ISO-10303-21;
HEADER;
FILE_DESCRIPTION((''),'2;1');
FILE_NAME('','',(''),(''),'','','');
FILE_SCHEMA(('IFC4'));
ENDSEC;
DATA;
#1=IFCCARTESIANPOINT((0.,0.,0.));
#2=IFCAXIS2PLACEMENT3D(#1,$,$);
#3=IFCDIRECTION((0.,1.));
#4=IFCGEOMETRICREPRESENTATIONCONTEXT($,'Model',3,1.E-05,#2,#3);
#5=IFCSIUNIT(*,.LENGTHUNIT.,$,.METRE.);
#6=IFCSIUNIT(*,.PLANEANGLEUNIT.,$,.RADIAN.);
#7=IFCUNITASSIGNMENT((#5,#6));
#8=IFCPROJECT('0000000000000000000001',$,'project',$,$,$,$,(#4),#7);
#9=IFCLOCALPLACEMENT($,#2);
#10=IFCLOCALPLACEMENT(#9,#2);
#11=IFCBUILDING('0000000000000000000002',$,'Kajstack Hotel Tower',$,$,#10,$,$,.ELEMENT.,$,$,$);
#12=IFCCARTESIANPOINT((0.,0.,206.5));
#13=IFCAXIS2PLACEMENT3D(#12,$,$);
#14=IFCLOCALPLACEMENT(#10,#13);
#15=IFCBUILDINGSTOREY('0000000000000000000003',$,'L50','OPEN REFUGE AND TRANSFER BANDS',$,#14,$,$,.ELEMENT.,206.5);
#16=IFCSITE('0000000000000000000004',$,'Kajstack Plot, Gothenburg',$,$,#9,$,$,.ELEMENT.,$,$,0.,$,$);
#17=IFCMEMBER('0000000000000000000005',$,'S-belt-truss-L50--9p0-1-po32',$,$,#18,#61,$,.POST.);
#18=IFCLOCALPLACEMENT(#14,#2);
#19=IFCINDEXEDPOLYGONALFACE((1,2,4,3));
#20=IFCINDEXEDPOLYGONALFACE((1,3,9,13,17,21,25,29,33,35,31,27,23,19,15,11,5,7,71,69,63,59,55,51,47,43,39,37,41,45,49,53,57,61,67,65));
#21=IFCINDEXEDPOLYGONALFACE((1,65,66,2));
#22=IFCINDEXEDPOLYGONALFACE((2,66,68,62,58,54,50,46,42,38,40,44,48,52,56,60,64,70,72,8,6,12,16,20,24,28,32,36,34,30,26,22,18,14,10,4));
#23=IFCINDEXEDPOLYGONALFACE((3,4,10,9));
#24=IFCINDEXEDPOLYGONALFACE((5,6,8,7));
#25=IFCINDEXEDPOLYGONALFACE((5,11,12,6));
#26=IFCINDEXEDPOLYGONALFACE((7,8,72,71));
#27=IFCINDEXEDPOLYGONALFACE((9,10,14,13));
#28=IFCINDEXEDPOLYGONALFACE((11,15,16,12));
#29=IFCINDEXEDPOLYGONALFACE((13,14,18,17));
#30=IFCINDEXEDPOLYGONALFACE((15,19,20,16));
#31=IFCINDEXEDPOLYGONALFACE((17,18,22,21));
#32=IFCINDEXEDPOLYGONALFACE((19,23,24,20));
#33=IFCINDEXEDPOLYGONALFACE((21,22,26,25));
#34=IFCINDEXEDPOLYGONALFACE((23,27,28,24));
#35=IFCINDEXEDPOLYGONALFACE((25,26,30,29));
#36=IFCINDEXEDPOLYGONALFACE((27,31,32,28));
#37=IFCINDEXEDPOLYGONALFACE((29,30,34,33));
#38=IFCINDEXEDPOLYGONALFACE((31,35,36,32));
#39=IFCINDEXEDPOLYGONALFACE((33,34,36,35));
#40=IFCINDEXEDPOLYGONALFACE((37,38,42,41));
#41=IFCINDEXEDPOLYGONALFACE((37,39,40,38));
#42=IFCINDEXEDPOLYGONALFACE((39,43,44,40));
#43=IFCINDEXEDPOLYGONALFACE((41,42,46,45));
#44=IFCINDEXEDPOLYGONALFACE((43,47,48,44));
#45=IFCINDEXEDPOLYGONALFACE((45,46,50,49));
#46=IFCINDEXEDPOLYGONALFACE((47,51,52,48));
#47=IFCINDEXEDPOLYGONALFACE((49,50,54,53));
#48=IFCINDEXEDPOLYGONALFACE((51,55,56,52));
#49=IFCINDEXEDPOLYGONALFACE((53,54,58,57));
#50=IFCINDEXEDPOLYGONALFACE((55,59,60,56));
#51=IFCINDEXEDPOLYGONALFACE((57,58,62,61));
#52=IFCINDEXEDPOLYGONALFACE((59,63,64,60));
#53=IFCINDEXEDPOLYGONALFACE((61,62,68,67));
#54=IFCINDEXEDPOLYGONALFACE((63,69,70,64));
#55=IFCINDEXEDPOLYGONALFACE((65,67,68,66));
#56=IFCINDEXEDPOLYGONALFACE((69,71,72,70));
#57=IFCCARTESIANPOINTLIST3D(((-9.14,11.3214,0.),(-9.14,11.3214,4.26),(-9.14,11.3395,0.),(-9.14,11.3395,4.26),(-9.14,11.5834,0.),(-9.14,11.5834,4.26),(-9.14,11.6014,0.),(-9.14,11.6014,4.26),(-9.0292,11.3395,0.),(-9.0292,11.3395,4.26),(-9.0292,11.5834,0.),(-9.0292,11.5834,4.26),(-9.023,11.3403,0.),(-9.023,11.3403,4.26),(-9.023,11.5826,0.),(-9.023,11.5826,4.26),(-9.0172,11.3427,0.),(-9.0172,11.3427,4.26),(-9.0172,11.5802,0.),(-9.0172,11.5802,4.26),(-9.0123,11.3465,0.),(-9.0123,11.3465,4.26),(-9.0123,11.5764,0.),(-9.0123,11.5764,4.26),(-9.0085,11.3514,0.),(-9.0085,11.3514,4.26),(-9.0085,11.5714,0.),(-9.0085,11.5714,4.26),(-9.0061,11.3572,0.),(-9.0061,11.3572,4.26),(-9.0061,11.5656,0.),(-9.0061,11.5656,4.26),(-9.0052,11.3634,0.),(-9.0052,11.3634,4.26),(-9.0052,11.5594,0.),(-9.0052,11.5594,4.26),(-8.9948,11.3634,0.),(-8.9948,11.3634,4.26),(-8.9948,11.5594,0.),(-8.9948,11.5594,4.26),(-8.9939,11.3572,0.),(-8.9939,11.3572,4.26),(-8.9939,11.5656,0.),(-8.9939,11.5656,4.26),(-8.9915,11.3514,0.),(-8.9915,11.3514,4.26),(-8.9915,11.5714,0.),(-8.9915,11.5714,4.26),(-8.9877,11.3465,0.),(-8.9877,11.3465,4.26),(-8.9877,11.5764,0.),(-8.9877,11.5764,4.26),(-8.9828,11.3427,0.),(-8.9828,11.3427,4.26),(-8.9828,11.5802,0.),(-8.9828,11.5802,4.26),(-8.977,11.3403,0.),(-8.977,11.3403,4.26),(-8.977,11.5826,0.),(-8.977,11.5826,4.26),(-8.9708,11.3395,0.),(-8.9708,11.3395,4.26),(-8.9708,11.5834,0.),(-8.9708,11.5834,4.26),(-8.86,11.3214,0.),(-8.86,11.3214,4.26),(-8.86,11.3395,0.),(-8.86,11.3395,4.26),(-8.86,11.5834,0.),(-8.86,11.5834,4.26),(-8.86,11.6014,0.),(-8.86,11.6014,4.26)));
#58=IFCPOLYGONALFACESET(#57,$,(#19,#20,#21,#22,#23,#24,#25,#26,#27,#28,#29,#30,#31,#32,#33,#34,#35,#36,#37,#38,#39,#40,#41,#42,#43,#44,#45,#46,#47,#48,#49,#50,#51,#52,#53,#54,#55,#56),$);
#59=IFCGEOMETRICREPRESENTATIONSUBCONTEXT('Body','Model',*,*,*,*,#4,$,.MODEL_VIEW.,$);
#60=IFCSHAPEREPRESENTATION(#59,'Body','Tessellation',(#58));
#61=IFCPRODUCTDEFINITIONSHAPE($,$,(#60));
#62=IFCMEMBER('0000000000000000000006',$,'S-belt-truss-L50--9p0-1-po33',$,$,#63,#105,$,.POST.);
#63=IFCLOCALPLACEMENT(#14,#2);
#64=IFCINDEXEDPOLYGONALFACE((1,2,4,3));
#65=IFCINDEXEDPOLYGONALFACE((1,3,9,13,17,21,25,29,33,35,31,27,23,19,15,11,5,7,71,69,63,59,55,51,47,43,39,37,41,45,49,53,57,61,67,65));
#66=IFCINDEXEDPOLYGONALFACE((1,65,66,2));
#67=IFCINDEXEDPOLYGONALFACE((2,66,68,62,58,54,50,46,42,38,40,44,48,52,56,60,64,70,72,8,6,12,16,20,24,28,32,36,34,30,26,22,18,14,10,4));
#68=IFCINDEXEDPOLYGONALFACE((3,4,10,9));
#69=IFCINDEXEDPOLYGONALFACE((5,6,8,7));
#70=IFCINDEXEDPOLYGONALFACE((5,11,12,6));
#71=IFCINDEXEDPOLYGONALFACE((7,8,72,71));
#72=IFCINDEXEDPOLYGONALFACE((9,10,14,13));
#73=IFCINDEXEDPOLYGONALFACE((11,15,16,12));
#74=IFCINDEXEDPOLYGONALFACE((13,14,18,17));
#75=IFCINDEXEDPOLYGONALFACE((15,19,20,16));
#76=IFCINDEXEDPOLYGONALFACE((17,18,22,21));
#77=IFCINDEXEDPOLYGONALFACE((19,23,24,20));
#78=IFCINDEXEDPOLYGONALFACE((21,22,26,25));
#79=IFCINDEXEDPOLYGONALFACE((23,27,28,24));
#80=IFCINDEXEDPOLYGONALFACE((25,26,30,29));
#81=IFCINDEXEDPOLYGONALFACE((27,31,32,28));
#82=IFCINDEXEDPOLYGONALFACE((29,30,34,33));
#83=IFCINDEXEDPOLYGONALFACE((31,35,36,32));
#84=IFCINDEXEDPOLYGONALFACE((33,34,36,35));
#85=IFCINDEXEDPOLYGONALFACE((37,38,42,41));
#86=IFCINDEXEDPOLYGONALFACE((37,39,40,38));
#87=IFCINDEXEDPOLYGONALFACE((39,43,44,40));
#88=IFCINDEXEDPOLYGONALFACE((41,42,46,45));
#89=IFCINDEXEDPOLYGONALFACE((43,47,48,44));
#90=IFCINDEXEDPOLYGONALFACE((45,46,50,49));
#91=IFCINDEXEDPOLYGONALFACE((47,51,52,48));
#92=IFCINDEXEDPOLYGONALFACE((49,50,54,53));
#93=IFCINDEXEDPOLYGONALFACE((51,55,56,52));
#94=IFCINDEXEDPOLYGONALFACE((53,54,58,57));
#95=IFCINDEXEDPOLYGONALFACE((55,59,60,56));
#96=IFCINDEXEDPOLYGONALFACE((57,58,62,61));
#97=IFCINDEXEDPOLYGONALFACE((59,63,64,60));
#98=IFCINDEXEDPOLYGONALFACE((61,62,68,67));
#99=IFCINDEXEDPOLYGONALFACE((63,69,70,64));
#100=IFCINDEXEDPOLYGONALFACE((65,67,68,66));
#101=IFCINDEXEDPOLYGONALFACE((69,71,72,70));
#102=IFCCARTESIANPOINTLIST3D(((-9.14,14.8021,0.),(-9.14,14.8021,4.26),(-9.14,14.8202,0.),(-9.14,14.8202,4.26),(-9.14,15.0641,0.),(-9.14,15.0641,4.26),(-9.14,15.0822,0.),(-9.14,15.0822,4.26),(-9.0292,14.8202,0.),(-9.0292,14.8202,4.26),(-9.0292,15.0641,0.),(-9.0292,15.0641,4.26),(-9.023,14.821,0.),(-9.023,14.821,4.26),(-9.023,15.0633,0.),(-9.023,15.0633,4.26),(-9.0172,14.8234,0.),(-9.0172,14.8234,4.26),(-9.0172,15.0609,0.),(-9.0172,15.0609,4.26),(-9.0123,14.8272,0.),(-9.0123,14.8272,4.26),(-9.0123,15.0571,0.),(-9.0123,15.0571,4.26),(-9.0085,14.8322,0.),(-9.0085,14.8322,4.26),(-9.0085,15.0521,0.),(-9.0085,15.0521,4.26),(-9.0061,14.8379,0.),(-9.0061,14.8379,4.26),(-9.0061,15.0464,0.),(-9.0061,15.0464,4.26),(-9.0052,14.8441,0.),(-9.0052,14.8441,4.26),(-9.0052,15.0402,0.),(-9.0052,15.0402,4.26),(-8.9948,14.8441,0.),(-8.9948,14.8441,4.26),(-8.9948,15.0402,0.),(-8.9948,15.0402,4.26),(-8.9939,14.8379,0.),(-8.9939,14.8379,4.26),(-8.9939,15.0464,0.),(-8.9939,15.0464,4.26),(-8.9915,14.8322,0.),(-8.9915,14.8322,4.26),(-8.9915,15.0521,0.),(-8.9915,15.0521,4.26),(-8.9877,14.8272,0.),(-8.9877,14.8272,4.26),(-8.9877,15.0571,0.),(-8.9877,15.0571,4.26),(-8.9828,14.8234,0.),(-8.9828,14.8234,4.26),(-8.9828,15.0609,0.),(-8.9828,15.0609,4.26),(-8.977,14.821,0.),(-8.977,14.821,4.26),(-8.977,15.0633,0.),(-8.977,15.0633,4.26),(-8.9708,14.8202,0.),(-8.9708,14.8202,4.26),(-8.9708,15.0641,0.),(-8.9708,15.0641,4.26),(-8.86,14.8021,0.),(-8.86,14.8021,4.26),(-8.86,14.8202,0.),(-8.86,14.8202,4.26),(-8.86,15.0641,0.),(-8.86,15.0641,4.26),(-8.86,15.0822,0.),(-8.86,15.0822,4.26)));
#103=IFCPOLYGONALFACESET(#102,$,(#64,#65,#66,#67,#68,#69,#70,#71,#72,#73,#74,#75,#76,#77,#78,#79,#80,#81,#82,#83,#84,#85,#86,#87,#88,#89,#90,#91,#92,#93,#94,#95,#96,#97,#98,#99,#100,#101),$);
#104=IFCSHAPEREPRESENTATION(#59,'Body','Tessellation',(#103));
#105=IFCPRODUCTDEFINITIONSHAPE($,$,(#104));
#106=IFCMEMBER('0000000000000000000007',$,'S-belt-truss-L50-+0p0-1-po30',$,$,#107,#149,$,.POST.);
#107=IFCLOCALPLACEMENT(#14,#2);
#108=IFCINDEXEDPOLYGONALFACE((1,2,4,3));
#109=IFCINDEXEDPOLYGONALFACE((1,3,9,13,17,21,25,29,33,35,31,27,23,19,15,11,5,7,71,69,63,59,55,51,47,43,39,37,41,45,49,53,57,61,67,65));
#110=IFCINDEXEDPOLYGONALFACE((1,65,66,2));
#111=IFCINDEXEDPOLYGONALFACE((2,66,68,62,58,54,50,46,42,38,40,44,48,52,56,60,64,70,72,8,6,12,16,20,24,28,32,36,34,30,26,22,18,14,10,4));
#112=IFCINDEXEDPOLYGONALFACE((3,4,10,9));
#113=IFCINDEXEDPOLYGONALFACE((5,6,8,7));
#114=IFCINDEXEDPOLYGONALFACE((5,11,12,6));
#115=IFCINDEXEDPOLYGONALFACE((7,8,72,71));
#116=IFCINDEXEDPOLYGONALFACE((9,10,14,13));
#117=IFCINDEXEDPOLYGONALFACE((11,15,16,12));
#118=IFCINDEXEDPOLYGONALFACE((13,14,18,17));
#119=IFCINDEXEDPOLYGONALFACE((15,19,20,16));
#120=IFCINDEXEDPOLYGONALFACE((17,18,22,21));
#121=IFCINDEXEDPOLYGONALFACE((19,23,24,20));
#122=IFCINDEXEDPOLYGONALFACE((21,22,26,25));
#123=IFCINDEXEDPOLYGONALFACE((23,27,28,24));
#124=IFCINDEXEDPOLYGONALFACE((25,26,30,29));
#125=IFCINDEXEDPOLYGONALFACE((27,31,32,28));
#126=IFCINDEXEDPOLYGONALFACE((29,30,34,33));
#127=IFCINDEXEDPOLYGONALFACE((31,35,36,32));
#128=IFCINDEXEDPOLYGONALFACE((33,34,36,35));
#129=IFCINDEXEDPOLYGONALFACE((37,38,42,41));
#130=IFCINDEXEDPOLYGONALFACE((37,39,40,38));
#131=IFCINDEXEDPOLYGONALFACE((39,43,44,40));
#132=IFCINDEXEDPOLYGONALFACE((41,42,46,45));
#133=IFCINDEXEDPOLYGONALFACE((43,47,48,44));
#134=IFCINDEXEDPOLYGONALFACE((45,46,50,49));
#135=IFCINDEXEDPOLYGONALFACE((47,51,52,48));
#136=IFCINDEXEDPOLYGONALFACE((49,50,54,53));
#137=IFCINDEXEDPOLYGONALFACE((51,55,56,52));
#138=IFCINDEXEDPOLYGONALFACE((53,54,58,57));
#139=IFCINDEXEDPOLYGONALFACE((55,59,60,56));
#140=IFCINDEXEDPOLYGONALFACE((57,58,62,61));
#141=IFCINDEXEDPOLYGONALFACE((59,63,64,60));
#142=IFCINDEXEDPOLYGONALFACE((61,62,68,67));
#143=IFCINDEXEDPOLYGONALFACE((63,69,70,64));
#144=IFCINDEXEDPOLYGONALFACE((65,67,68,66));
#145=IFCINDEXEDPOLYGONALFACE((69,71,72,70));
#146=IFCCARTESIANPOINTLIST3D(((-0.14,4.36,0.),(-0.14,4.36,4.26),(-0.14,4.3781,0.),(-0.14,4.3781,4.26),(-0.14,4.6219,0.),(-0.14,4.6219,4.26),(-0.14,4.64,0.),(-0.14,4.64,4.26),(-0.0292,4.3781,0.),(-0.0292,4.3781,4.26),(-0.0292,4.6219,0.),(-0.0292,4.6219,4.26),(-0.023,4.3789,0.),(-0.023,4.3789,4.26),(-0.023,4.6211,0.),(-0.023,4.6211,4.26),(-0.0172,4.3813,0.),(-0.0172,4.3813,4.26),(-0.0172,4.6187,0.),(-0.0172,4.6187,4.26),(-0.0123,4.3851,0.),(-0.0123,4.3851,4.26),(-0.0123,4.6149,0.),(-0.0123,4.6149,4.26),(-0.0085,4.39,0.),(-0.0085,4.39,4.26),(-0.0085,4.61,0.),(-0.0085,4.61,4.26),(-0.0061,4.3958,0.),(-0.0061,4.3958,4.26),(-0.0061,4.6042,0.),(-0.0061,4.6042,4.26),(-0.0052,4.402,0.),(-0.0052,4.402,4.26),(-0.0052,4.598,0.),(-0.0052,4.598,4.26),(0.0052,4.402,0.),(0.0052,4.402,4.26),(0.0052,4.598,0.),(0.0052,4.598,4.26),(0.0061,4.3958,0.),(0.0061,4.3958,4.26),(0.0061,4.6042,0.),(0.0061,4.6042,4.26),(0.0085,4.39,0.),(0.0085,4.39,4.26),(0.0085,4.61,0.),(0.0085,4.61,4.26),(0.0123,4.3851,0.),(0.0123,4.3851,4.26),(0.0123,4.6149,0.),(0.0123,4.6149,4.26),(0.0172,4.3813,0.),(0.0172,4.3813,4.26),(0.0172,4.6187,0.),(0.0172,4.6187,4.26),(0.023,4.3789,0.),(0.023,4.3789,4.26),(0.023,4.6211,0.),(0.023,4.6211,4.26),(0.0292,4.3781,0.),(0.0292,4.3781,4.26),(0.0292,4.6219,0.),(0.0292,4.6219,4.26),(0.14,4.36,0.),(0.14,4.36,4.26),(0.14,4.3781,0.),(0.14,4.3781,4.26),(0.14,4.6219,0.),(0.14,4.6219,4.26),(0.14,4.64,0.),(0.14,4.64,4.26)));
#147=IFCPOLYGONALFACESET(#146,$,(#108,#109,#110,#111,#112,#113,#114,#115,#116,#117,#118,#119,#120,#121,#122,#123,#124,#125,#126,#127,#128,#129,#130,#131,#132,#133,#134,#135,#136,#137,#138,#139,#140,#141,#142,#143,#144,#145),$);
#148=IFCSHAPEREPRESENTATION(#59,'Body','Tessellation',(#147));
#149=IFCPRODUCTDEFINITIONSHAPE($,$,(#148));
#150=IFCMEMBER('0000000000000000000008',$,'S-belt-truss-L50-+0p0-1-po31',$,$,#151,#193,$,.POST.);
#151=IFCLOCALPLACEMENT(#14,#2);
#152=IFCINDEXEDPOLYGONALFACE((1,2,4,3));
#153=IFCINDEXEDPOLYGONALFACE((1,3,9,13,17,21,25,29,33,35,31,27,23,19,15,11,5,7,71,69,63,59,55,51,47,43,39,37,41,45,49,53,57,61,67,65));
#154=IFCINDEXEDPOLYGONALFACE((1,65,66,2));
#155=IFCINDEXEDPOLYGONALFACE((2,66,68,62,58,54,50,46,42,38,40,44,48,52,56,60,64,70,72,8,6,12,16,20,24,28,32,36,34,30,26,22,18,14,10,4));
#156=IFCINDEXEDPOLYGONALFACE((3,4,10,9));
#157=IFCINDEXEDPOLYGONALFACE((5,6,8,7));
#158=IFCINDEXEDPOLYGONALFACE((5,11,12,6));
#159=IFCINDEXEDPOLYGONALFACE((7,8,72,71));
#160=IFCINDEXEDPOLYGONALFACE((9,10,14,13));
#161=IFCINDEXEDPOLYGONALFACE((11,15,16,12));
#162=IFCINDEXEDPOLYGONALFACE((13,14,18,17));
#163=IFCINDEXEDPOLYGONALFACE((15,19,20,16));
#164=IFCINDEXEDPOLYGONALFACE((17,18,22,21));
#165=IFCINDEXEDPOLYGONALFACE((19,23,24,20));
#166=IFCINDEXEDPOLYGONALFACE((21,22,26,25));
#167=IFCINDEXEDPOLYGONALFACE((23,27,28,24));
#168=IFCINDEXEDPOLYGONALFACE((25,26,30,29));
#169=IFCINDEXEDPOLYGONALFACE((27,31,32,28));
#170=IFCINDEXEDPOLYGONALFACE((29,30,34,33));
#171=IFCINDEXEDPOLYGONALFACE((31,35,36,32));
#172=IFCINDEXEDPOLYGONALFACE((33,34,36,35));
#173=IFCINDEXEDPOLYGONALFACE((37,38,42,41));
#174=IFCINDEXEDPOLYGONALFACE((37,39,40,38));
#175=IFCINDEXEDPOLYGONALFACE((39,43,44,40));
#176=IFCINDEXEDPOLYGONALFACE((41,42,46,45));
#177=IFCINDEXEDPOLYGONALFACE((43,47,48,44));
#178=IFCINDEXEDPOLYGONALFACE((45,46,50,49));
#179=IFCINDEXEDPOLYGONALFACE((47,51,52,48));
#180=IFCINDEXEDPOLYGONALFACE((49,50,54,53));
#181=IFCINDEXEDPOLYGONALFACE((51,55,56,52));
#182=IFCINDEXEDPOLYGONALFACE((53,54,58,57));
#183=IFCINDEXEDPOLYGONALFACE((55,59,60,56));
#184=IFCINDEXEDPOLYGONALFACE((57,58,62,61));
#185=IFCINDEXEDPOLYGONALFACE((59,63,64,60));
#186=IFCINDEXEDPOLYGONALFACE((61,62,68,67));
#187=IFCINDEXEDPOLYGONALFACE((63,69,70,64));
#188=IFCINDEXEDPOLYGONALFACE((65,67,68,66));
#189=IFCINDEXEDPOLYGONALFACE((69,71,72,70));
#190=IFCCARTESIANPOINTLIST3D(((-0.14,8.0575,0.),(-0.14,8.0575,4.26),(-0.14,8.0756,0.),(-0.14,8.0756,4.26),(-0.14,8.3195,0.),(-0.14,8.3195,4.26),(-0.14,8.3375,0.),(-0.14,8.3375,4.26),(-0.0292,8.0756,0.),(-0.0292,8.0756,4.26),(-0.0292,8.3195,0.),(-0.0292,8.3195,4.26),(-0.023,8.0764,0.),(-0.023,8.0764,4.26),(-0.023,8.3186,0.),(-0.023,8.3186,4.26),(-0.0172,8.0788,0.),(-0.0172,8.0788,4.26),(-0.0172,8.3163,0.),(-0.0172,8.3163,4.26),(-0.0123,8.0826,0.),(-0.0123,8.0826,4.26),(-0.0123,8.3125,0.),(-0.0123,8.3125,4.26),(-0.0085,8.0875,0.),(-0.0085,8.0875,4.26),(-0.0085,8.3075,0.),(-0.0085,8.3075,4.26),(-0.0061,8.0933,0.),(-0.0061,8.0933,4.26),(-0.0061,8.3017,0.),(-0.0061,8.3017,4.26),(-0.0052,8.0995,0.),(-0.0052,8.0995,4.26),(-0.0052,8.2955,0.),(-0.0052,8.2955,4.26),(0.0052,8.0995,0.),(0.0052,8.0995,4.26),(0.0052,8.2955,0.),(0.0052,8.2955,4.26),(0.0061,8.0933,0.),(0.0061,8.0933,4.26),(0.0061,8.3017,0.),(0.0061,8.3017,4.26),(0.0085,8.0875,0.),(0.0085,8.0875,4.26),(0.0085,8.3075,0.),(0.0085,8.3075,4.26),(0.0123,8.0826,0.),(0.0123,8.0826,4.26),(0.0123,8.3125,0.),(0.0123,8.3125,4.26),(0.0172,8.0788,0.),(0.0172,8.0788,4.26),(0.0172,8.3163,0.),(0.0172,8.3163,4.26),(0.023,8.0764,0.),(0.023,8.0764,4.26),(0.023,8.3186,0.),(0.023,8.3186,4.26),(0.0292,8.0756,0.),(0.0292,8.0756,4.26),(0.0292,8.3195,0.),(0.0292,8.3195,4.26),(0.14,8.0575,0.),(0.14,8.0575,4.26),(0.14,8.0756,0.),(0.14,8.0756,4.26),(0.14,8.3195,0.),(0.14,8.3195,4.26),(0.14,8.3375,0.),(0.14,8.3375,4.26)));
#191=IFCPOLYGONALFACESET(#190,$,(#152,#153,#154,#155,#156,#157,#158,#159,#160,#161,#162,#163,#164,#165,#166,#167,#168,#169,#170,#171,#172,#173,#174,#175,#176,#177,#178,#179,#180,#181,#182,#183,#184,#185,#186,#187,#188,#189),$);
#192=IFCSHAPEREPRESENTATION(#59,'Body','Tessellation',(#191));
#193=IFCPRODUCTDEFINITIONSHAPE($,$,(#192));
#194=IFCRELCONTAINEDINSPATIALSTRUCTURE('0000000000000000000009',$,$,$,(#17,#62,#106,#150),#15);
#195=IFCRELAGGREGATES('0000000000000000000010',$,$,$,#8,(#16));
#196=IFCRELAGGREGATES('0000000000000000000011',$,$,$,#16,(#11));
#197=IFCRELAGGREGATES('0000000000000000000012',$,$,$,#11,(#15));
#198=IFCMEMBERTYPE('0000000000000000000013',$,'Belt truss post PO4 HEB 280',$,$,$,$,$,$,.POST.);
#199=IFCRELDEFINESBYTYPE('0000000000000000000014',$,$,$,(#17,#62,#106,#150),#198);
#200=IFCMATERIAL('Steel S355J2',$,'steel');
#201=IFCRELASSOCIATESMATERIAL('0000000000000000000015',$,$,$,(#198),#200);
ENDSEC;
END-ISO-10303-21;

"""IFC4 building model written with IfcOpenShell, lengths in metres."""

from ifc_helpers import new_model, si_unit, direction, frame, origin, origin_2d, place, context, subcontext, project, spatial, i_section, extrude, material, material_profile, profile_set, type_object, element, save


model = new_model("IFC4")

# Units and contexts
model_context = context("Model", 3, precision=1e-05, world=origin(), true_north=direction((0.0, 1.0)))
body_context = subcontext(model_context, "Body", "Model", "MODEL_VIEW")
ifc_project = project(units=[si_unit("LENGTHUNIT", "METRE"), si_unit("PLANEANGLEUNIT", "RADIAN")], contexts=[model_context])

# Site, building, storey
site_placement = place(None, origin())
site = spatial("IfcSite", under=ifc_project, at=site_placement, Name="Kajstack Plot, Gothenburg", CompositionType="ELEMENT", RefElevation=0.0)
building_placement = place(site_placement, origin())
building = spatial("IfcBuilding", under=site, at=building_placement, Name="Kajstack Hotel Tower", CompositionType="ELEMENT")
storey_placement = place(building_placement, frame((0.0, 0.0, 206.5)))
storey = spatial("IfcBuildingStorey", under=building, at=storey_placement, Name="L50", Description="OPEN REFUGE AND TRANSFER BANDS", CompositionType="ELEMENT", Elevation=206.5)

# Members
ifc_material = material(Name="Steel S355J2", Category="steel")
ifc_material_profile_1 = material_profile(ifc_material, i_section(OverallWidth=0.28, OverallDepth=0.28, WebThickness=0.0105, FlangeThickness=0.0181, FilletRadius=0.0239, at=origin_2d()), Name="HEB 280")
ifc_profile_set_1 = profile_set([ifc_material_profile_1], Name="Steel S355J2")
member_type_1 = type_object("IfcMemberType", Name="Belt truss post PO4 HEB 280", PredefinedType="POST", material=ifc_profile_set_1)
for number, where, z_axis, x_axis, name in (
    (1, (-9.0, 11.4614, 0.0), (0.0, 0.0, 1.0), (1.0, 0.0, 0.0), "S-belt-truss-L50--9p0-1-po32"),
    (2, (-9.0, 14.9421, 0.0), (0.0, 0.0, 1.0), (1.0, 0.0, 0.0), "S-belt-truss-L50--9p0-1-po33"),
    (3, (0.0, 4.5, 0.0), (0.0, 0.0, 1.0), (1.0, 0.0, 0.0), "S-belt-truss-L50-+0p0-1-po30"),
    (4, (0.0, 8.1975, 0.0), (0.0, 0.0, 1.0), (1.0, 0.0, 0.0), "S-belt-truss-L50-+0p0-1-po31"),
):
    element("IfcMember", number, at=place(storey_placement, frame(where, z_axis=z_axis, x_axis=x_axis)), inside=storey, type_object=member_type_1, Name=name, PredefinedType="POST", context=body_context, shape_type="SweptSolid", body=[
        extrude(i_section(OverallWidth=0.28, OverallDepth=0.28, WebThickness=0.0105, FlangeThickness=0.0181, FilletRadius=0.0239, at=origin_2d()), origin(), (0.0, 0.0, 1.0), 4.26),
    ])

save(model, "model.ifc")
